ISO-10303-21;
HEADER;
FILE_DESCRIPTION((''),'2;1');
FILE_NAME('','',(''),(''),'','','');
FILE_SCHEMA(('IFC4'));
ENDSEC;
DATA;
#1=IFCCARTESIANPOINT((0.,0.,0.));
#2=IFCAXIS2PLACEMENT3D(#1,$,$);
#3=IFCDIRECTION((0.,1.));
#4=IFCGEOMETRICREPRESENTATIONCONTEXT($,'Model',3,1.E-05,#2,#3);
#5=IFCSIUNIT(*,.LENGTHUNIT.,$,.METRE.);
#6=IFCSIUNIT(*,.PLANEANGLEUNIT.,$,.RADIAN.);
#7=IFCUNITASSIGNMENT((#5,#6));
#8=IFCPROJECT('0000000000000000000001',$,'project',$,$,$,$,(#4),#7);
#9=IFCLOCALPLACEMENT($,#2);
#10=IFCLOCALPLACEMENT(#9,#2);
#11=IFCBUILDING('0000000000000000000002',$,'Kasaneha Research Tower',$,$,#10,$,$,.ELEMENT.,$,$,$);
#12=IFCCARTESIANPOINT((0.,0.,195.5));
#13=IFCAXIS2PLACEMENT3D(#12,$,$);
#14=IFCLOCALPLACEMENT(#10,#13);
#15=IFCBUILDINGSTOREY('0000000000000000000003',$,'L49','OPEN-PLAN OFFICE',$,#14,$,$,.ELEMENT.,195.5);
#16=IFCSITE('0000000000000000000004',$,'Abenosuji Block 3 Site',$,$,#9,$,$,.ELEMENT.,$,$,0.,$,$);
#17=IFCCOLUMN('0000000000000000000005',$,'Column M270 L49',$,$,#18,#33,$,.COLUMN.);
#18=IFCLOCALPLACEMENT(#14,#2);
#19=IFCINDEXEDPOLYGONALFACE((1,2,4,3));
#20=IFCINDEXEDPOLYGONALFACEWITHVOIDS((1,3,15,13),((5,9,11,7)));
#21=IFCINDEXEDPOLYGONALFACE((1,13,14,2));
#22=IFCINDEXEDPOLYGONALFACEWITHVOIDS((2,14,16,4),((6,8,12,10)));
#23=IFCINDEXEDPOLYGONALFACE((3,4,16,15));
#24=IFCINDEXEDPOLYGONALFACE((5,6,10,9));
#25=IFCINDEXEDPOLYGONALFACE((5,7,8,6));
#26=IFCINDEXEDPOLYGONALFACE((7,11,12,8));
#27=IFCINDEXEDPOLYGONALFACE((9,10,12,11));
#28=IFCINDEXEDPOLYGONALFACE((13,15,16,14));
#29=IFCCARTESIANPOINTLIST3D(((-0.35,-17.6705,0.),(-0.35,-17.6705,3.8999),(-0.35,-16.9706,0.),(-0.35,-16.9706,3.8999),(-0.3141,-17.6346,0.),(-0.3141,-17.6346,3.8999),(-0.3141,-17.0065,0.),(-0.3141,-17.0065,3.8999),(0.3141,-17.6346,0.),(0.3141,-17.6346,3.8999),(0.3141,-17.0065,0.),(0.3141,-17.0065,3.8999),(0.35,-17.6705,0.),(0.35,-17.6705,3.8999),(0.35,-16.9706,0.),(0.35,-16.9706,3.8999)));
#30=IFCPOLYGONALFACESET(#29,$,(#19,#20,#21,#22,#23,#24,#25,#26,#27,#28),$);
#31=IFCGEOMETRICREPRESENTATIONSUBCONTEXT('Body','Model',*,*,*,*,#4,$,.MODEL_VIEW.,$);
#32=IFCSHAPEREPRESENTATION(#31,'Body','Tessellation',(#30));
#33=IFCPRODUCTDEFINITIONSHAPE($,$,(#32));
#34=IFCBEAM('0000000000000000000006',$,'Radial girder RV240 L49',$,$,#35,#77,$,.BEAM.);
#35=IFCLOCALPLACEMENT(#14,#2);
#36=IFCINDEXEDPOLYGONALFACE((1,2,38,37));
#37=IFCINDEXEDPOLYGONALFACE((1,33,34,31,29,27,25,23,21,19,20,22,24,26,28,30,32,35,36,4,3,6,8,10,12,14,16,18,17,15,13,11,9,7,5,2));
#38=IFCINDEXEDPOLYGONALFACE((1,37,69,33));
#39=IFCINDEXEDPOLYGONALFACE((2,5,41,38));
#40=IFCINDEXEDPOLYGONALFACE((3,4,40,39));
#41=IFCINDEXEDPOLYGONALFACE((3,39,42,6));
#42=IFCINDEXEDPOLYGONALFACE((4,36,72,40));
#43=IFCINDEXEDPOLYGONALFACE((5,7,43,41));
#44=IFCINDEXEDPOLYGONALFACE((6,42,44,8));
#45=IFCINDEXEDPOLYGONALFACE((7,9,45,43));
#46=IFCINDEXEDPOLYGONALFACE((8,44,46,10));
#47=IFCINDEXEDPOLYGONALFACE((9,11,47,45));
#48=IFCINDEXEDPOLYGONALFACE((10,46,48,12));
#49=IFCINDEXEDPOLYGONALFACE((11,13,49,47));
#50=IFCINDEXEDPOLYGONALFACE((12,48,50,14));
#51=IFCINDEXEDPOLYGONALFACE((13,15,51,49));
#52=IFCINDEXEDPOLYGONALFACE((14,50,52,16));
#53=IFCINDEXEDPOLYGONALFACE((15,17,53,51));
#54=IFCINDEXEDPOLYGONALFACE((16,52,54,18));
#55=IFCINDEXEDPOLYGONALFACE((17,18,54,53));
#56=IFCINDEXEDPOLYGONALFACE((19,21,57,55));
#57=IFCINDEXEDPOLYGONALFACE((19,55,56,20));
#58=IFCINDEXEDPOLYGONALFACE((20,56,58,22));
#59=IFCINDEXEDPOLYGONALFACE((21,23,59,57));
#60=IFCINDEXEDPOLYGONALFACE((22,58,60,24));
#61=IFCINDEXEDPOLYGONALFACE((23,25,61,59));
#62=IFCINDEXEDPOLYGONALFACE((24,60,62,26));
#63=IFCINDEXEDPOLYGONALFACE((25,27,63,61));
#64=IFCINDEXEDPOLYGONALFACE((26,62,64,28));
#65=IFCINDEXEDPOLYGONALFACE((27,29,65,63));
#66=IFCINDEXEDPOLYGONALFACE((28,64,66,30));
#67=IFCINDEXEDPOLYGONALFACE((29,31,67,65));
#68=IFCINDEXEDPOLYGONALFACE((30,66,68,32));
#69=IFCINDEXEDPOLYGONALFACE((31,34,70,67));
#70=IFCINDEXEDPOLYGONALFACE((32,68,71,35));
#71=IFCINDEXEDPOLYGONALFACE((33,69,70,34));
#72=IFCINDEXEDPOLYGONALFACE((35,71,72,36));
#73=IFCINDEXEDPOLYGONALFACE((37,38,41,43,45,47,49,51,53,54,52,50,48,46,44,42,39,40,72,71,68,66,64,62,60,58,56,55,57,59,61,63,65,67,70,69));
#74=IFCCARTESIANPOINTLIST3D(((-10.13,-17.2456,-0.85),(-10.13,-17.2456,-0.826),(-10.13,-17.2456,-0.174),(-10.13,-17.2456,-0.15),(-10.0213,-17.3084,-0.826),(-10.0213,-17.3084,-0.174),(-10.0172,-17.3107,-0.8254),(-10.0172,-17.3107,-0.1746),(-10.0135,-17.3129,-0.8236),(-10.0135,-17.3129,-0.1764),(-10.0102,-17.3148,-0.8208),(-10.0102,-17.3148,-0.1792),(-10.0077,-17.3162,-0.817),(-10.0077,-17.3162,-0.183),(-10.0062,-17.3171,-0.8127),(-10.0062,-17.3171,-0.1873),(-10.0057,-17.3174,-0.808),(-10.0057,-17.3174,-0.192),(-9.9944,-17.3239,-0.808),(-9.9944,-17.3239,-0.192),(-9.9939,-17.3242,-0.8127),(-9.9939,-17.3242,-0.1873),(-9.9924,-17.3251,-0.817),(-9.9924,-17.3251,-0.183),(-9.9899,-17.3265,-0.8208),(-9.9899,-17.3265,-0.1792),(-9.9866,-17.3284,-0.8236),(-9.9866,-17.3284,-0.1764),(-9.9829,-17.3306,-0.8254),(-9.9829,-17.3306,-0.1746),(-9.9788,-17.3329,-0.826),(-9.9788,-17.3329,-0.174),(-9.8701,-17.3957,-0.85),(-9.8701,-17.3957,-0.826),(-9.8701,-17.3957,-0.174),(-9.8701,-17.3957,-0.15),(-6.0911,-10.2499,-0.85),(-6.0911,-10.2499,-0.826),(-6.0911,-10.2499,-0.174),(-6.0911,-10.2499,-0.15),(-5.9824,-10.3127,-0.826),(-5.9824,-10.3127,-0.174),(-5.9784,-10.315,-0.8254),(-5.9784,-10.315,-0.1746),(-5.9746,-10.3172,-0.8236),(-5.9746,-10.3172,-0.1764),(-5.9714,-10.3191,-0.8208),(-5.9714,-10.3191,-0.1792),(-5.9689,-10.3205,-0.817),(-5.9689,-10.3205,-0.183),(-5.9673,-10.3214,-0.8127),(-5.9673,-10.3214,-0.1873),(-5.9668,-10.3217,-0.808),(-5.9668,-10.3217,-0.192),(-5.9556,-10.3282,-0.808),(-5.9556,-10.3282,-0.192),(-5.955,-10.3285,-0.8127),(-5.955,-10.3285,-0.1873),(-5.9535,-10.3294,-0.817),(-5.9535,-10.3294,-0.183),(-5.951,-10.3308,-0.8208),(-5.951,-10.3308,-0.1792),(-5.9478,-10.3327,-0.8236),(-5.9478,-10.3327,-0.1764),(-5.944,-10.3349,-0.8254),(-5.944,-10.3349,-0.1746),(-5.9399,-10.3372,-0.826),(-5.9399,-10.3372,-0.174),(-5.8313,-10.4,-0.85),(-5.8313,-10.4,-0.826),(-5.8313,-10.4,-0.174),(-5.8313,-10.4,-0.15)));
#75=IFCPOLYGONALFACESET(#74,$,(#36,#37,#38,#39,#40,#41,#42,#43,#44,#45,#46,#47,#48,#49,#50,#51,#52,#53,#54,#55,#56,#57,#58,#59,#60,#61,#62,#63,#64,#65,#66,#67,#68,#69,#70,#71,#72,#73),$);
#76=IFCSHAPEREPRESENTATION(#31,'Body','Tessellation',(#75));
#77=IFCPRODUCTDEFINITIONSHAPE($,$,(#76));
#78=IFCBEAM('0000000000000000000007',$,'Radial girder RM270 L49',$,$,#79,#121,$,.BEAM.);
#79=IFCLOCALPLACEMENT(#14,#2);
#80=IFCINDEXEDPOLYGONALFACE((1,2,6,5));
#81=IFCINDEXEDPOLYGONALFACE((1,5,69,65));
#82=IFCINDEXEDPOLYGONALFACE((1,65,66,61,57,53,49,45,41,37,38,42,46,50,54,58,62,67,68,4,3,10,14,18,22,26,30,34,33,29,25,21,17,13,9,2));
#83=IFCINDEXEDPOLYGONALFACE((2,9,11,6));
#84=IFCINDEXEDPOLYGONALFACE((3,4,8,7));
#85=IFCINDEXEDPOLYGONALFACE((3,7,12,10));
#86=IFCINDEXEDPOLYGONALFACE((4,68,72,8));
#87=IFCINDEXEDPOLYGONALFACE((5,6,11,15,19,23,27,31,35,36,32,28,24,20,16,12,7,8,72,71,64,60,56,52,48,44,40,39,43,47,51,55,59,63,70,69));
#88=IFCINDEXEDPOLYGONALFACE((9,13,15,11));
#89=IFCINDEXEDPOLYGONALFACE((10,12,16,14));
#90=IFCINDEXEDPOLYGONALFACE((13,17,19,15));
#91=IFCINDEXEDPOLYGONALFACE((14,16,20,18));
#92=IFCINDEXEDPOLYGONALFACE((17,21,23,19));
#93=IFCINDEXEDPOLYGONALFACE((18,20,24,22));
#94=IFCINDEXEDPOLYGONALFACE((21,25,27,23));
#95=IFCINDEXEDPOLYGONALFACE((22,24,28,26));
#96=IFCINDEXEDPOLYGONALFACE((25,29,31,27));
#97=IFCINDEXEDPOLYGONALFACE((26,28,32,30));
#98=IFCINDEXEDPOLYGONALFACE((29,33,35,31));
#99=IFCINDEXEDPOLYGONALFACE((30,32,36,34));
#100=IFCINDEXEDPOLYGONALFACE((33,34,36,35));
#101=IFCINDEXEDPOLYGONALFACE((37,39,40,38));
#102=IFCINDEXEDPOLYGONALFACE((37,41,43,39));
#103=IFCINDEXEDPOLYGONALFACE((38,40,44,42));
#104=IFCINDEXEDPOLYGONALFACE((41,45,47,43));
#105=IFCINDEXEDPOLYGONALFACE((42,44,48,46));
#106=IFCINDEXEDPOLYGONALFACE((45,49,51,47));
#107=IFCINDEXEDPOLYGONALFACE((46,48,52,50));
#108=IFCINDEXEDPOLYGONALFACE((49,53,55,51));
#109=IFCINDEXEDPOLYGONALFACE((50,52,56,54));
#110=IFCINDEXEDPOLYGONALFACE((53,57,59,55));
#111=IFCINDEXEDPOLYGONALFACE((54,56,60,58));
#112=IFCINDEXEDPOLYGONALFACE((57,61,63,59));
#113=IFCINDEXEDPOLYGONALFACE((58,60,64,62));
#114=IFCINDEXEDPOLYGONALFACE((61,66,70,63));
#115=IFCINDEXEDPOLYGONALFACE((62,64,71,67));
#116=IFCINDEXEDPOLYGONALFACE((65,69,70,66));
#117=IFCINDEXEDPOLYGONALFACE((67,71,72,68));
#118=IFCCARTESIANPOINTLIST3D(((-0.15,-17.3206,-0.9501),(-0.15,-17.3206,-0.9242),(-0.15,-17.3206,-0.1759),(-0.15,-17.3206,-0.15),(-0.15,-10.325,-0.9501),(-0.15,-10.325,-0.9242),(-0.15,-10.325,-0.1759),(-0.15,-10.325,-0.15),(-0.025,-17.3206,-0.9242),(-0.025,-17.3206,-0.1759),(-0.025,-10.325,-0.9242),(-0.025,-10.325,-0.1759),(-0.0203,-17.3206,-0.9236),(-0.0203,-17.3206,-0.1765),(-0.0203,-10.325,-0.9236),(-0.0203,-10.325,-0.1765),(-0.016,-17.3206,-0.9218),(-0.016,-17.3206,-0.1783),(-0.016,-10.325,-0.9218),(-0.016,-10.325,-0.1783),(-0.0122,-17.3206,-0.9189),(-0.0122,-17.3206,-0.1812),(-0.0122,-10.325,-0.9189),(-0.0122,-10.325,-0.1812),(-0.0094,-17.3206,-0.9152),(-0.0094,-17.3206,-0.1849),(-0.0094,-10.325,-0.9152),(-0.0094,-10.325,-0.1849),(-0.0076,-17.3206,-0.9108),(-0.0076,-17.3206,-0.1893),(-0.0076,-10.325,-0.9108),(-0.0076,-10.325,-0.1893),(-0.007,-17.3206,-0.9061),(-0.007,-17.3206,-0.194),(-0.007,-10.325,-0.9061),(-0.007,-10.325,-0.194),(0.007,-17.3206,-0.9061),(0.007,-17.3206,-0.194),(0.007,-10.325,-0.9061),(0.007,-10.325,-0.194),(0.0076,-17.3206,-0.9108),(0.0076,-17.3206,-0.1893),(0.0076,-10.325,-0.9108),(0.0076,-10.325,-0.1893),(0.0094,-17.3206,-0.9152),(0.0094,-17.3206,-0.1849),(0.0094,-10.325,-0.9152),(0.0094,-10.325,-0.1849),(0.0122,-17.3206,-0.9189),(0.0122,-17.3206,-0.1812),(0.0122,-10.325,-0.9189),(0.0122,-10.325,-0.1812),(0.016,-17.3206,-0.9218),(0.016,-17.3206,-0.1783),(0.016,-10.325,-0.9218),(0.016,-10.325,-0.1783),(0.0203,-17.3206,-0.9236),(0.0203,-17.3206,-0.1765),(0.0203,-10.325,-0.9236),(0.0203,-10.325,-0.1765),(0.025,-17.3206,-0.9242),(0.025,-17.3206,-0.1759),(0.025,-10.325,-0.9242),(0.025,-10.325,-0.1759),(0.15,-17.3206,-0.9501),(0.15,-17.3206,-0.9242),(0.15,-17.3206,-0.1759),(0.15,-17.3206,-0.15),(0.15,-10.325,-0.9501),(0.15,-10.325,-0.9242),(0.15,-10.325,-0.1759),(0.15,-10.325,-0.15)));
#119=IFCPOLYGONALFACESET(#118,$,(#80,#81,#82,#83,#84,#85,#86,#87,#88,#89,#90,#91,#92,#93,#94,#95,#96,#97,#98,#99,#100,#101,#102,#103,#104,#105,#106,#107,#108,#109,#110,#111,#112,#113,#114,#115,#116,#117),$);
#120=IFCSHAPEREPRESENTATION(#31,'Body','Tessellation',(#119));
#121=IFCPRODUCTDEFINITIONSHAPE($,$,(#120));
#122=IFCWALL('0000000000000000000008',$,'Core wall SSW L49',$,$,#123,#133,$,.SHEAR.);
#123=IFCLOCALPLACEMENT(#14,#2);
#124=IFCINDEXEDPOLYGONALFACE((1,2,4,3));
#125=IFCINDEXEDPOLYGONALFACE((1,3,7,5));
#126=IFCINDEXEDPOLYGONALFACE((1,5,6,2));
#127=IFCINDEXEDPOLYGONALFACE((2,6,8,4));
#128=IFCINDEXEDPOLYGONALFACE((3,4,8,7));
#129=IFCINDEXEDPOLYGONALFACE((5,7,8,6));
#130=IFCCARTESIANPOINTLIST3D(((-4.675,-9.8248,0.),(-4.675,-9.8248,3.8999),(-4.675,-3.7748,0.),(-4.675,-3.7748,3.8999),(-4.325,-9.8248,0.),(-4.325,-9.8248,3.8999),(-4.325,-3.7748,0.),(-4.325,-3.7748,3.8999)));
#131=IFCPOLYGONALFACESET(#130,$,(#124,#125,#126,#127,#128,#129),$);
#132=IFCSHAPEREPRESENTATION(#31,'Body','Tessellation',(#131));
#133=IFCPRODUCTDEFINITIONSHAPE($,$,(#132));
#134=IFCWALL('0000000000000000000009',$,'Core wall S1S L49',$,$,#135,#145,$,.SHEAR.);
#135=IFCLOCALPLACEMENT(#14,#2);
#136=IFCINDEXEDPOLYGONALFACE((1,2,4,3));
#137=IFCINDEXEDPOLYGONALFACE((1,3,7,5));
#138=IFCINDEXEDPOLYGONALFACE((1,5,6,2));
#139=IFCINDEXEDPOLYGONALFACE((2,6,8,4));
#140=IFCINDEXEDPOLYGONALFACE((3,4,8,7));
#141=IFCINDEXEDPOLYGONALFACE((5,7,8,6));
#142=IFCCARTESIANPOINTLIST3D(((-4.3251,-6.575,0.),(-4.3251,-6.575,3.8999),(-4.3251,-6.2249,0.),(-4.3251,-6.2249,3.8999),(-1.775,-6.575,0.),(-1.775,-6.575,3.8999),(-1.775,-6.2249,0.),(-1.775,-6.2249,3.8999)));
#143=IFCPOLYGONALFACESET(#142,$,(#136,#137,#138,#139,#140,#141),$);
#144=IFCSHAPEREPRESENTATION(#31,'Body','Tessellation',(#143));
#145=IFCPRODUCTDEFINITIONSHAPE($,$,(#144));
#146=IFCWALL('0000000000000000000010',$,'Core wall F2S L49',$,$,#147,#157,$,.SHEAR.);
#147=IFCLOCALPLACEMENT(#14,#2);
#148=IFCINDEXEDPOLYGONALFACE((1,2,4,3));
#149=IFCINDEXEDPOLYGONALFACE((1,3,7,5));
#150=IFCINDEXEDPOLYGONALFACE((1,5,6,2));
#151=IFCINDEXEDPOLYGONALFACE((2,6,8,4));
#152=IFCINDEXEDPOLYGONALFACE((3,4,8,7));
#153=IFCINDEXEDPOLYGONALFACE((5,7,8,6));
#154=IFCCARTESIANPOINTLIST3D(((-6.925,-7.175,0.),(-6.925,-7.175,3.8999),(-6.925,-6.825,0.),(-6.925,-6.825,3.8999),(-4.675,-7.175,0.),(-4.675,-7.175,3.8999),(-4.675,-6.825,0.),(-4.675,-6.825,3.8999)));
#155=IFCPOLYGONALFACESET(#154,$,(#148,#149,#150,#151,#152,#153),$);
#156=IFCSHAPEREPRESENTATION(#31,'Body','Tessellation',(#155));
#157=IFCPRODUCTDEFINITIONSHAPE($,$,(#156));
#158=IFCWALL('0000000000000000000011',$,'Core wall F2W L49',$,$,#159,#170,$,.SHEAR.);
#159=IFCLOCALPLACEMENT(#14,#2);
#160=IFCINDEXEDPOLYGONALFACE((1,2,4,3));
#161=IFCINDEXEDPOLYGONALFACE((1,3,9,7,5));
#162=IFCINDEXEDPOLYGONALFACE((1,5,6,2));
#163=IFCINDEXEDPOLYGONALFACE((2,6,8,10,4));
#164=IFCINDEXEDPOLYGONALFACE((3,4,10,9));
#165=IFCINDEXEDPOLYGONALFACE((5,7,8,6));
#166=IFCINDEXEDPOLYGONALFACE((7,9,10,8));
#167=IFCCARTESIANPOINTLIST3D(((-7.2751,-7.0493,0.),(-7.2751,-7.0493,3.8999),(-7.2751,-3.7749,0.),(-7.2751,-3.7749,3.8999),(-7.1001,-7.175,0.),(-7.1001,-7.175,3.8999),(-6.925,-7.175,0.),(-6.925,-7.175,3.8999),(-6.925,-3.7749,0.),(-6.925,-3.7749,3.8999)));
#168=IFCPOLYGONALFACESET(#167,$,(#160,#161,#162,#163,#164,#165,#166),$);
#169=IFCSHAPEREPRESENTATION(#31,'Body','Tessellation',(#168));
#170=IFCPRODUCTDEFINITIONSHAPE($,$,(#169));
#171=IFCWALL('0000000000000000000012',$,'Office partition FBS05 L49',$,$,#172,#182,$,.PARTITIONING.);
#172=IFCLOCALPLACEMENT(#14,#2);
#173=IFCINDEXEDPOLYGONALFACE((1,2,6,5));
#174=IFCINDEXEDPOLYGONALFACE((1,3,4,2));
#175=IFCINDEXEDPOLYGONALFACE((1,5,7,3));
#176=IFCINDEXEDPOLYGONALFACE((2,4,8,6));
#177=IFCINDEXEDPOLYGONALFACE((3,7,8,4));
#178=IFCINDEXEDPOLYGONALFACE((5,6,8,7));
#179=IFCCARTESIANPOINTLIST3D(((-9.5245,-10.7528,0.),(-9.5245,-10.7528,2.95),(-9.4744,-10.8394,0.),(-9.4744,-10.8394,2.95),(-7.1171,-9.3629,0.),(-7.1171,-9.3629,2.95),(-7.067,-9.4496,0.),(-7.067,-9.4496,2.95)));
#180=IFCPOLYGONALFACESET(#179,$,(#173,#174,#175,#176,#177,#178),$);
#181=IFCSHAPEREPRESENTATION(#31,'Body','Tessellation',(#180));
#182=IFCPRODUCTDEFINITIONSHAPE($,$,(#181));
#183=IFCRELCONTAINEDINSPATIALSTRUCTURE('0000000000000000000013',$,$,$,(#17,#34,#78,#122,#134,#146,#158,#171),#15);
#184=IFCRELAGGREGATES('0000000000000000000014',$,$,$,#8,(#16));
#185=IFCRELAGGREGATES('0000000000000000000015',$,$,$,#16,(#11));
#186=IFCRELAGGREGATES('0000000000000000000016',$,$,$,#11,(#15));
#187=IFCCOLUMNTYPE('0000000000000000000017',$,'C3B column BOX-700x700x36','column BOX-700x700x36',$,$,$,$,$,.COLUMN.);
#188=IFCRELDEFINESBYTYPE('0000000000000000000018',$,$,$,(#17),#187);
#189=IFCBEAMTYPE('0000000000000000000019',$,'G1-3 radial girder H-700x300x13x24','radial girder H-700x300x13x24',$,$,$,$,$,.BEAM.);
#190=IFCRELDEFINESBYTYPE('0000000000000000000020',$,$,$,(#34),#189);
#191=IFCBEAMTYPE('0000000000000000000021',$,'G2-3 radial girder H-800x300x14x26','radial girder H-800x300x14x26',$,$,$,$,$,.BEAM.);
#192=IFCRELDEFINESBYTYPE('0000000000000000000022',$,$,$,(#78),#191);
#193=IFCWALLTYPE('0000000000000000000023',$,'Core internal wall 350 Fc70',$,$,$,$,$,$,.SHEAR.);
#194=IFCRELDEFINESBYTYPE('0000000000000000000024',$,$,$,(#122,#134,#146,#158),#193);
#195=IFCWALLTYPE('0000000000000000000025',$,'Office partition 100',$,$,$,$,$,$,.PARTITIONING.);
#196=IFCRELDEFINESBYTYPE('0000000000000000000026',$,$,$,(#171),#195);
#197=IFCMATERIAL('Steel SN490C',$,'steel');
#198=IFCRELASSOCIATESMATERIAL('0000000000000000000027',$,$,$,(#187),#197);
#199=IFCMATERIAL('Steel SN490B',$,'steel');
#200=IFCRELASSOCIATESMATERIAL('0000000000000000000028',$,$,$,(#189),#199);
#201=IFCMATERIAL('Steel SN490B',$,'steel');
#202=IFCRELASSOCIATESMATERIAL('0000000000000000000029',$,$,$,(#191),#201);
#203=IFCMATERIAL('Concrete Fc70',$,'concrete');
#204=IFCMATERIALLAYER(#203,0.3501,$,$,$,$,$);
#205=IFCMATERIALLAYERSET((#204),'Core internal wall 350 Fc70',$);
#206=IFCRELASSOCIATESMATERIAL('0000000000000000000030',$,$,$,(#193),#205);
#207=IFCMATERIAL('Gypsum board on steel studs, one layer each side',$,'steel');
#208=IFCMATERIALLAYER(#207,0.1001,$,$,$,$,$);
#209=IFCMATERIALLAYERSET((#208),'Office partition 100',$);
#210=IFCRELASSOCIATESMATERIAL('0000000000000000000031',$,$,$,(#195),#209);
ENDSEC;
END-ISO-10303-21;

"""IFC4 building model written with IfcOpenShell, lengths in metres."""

from ifc_helpers import new_model, si_unit, direction, frame, frame_2d, origin, origin_2d, place, context, subcontext, project, spatial, polyline, rectangle, hollow_rectangle, i_section, outline, extrude, material, layer, layer_set, material_profile, profile_set, type_object, element, save


model = new_model("IFC4")

# Units and contexts
model_context = context("Model", 3, precision=1e-05, world=origin(), true_north=direction((0.0, 1.0)))
body_context = subcontext(model_context, "Body", "Model", "MODEL_VIEW")
ifc_project = project(units=[si_unit("LENGTHUNIT", "METRE"), si_unit("PLANEANGLEUNIT", "RADIAN")], contexts=[model_context])

# Site, building, storey
site_placement = place(None, origin())
site = spatial("IfcSite", under=ifc_project, at=site_placement, Name="Abenosuji Block 3 Site", CompositionType="ELEMENT", RefElevation=0.0)
building_placement = place(site_placement, origin())
building = spatial("IfcBuilding", under=site, at=building_placement, Name="Kasaneha Research Tower", CompositionType="ELEMENT")
storey_placement = place(building_placement, frame((0.0, 0.0, 195.5)))
storey = spatial("IfcBuildingStorey", under=building, at=storey_placement, Name="L49", Description="OPEN-PLAN OFFICE", CompositionType="ELEMENT", Elevation=195.5)

# Column
ifc_material_1 = material(Name="Steel SN490C", Category="steel")
ifc_material_profile_1 = material_profile(ifc_material_1, hollow_rectangle(XDim=0.7, YDim=0.7, WallThickness=0.0359, at=origin_2d()), Name="BOX-700x700x36")
ifc_profile_set_1 = profile_set([ifc_material_profile_1], Name="Steel SN490C")
column_type = type_object("IfcColumnType", Name="C3B column BOX-700x700x36", Description="column BOX-700x700x36", PredefinedType="COLUMN", material=ifc_profile_set_1)
column_placement = place(storey_placement, frame((0.0, -17.3206, 0.0), z_axis=(0.0, 0.0, 1.0), x_axis=(1.0, 0.0, 0.0)))
element("IfcColumn", 1, at=column_placement, inside=storey, type_object=column_type, Name="Column M270 L49", PredefinedType="COLUMN", context=body_context, shape_type="SweptSolid", body=[
    extrude(hollow_rectangle(XDim=0.7, YDim=0.7, WallThickness=0.0359, at=origin_2d()), origin(), (0.0, 0.0, 1.0), 3.8999),
])

# Beams
ifc_material_2 = material(Name="Steel SN490B", Category="steel")
ifc_material_profile_2 = material_profile(ifc_material_2, i_section(OverallWidth=0.3, OverallDepth=0.7, WebThickness=0.0129, FlangeThickness=0.0239, FilletRadius=0.0181, at=origin_2d()), Name="H-700x300x13x24")
ifc_profile_set_2 = profile_set([ifc_material_profile_2], Name="Steel SN490B")
beam_type_1 = type_object("IfcBeamType", Name="G1-3 radial girder H-700x300x13x24", Description="radial girder H-700x300x13x24", PredefinedType="BEAM", material=ifc_profile_set_2)
beam_1_placement = place(storey_placement, frame((-5.9612, -10.325, -0.5), z_axis=(-0.499991, -0.866031, 0.0), x_axis=(0.866031, -0.499991, 0.0)))
element("IfcBeam", 2, at=beam_1_placement, inside=storey, type_object=beam_type_1, Name="Radial girder RV240 L49", PredefinedType="BEAM", context=body_context, shape_type="SweptSolid", body=[
    extrude(i_section(OverallWidth=0.3, OverallDepth=0.7, WebThickness=0.0129, FlangeThickness=0.0239, FilletRadius=0.0181, at=origin_2d()), origin(), (0.0, 0.0, 1.0), 8.0779),
])
ifc_material_3 = material(Name="Steel SN490B", Category="steel")
ifc_material_profile_3 = material_profile(ifc_material_3, i_section(OverallWidth=0.3, OverallDepth=0.8, WebThickness=0.0139, FlangeThickness=0.0259, FilletRadius=0.0181, at=origin_2d()), Name="H-800x300x14x26")
ifc_profile_set_3 = profile_set([ifc_material_profile_3], Name="Steel SN490B")
beam_type_2 = type_object("IfcBeamType", Name="G2-3 radial girder H-800x300x14x26", Description="radial girder H-800x300x14x26", PredefinedType="BEAM", material=ifc_profile_set_3)
beam_2_placement = place(storey_placement, frame((0.0, -10.325, -0.55), z_axis=(0.0, -1.0, 0.0), x_axis=(1.0, 0.0, 0.0)))
element("IfcBeam", 3, at=beam_2_placement, inside=storey, type_object=beam_type_2, Name="Radial girder RM270 L49", PredefinedType="BEAM", context=body_context, shape_type="SweptSolid", body=[
    extrude(i_section(OverallWidth=0.3, OverallDepth=0.8, WebThickness=0.0139, FlangeThickness=0.0259, FilletRadius=0.0181, at=origin_2d()), origin(), (0.0, 0.0, 1.0), 6.9956),
])

# Walls
ifc_material_4 = material(Name="Concrete Fc70", Category="concrete")
ifc_layer_1 = layer(ifc_material_4, 0.3501)
ifc_layer_set_1 = layer_set([ifc_layer_1], Name="Core internal wall 350 Fc70")
wall_type_1 = type_object("IfcWallType", Name="Core internal wall 350 Fc70", PredefinedType="SHEAR", material=ifc_layer_set_1)
wall_1_placement = place(storey_placement, frame((-4.5, -3.7749, 0.0), z_axis=(0.0, 0.0, 1.0), x_axis=(0.0, -1.0, 0.0)))
element("IfcWall", 4, at=wall_1_placement, inside=storey, type_object=wall_type_1, Name="Core wall SSW L49", PredefinedType="SHEAR", context=body_context, shape_type="SweptSolid", body=[
    extrude(rectangle(XDim=6.05, YDim=0.3501, at=frame_2d((3.0249, 0.0))), origin(), (0.0, 0.0, 1.0), 3.8999),
])
wall_2_placement = place(storey_placement, frame((-4.325, -6.3999, 0.0), z_axis=(0.0, 0.0, 1.0), x_axis=(1.0, 0.0, 0.0)))
element("IfcWall", 5, at=wall_2_placement, inside=storey, type_object=wall_type_1, Name="Core wall S1S L49", PredefinedType="SHEAR", context=body_context, shape_type="SweptSolid", body=[
    extrude(rectangle(XDim=2.55, YDim=0.3501, at=frame_2d((1.2749, 0.0))), origin(), (0.0, 0.0, 1.0), 3.8999),
])
wall_3_placement = place(storey_placement, frame((-6.925, -7.0, 0.0), z_axis=(0.0, 0.0, 1.0), x_axis=(1.0, 0.0, 0.0)))
element("IfcWall", 6, at=wall_3_placement, inside=storey, type_object=wall_type_1, Name="Core wall F2S L49", PredefinedType="SHEAR", context=body_context, shape_type="SweptSolid", body=[
    extrude(rectangle(XDim=2.25, YDim=0.3501, at=frame_2d((1.125, 0.0))), origin(), (0.0, 0.0, 1.0), 3.8999),
])
wall_4_placement = place(storey_placement, frame((-7.1001, -3.7749, 0.0), z_axis=(0.0, 0.0, 1.0), x_axis=(0.0, -1.0, 0.0)))
element("IfcWall", 7, at=wall_4_placement, inside=storey, type_object=wall_type_1, Name="Core wall F2W L49", PredefinedType="SHEAR", context=body_context, shape_type="SweptSolid", body=[
    extrude(outline(polyline([(0.0, -0.175), (3.2744, -0.175), (3.4001, 0.0), (3.4001, 0.175), (0.0, 0.175), (0.0, -0.175)])), origin(), (0.0, 0.0, 1.0), 3.8999),
])

# Wall
ifc_material_5 = material(Name="Gypsum board on steel studs, one layer each side", Category="steel")
ifc_layer_2 = layer(ifc_material_5, 0.1001)
ifc_layer_set_2 = layer_set([ifc_layer_2], Name="Office partition 100")
wall_type_2 = type_object("IfcWallType", Name="Office partition 100", PredefinedType="PARTITIONING", material=ifc_layer_set_2)
wall_5_placement = place(storey_placement, frame((-7.092, -9.4062, 0.0), z_axis=(0.0, 0.0, 1.0), x_axis=(-0.866035, -0.499983, 0.0)))
element("IfcWall", 8, at=wall_5_placement, inside=storey, type_object=wall_type_2, Name="Office partition FBS05 L49", PredefinedType="PARTITIONING", context=body_context, shape_type="SweptSolid", body=[
    extrude(rectangle(XDim=2.7798, YDim=0.1001, at=frame_2d((1.3899, 0.0))), origin(), (0.0, 0.0, 1.0), 2.95),
])

save(model, "model.ifc")
